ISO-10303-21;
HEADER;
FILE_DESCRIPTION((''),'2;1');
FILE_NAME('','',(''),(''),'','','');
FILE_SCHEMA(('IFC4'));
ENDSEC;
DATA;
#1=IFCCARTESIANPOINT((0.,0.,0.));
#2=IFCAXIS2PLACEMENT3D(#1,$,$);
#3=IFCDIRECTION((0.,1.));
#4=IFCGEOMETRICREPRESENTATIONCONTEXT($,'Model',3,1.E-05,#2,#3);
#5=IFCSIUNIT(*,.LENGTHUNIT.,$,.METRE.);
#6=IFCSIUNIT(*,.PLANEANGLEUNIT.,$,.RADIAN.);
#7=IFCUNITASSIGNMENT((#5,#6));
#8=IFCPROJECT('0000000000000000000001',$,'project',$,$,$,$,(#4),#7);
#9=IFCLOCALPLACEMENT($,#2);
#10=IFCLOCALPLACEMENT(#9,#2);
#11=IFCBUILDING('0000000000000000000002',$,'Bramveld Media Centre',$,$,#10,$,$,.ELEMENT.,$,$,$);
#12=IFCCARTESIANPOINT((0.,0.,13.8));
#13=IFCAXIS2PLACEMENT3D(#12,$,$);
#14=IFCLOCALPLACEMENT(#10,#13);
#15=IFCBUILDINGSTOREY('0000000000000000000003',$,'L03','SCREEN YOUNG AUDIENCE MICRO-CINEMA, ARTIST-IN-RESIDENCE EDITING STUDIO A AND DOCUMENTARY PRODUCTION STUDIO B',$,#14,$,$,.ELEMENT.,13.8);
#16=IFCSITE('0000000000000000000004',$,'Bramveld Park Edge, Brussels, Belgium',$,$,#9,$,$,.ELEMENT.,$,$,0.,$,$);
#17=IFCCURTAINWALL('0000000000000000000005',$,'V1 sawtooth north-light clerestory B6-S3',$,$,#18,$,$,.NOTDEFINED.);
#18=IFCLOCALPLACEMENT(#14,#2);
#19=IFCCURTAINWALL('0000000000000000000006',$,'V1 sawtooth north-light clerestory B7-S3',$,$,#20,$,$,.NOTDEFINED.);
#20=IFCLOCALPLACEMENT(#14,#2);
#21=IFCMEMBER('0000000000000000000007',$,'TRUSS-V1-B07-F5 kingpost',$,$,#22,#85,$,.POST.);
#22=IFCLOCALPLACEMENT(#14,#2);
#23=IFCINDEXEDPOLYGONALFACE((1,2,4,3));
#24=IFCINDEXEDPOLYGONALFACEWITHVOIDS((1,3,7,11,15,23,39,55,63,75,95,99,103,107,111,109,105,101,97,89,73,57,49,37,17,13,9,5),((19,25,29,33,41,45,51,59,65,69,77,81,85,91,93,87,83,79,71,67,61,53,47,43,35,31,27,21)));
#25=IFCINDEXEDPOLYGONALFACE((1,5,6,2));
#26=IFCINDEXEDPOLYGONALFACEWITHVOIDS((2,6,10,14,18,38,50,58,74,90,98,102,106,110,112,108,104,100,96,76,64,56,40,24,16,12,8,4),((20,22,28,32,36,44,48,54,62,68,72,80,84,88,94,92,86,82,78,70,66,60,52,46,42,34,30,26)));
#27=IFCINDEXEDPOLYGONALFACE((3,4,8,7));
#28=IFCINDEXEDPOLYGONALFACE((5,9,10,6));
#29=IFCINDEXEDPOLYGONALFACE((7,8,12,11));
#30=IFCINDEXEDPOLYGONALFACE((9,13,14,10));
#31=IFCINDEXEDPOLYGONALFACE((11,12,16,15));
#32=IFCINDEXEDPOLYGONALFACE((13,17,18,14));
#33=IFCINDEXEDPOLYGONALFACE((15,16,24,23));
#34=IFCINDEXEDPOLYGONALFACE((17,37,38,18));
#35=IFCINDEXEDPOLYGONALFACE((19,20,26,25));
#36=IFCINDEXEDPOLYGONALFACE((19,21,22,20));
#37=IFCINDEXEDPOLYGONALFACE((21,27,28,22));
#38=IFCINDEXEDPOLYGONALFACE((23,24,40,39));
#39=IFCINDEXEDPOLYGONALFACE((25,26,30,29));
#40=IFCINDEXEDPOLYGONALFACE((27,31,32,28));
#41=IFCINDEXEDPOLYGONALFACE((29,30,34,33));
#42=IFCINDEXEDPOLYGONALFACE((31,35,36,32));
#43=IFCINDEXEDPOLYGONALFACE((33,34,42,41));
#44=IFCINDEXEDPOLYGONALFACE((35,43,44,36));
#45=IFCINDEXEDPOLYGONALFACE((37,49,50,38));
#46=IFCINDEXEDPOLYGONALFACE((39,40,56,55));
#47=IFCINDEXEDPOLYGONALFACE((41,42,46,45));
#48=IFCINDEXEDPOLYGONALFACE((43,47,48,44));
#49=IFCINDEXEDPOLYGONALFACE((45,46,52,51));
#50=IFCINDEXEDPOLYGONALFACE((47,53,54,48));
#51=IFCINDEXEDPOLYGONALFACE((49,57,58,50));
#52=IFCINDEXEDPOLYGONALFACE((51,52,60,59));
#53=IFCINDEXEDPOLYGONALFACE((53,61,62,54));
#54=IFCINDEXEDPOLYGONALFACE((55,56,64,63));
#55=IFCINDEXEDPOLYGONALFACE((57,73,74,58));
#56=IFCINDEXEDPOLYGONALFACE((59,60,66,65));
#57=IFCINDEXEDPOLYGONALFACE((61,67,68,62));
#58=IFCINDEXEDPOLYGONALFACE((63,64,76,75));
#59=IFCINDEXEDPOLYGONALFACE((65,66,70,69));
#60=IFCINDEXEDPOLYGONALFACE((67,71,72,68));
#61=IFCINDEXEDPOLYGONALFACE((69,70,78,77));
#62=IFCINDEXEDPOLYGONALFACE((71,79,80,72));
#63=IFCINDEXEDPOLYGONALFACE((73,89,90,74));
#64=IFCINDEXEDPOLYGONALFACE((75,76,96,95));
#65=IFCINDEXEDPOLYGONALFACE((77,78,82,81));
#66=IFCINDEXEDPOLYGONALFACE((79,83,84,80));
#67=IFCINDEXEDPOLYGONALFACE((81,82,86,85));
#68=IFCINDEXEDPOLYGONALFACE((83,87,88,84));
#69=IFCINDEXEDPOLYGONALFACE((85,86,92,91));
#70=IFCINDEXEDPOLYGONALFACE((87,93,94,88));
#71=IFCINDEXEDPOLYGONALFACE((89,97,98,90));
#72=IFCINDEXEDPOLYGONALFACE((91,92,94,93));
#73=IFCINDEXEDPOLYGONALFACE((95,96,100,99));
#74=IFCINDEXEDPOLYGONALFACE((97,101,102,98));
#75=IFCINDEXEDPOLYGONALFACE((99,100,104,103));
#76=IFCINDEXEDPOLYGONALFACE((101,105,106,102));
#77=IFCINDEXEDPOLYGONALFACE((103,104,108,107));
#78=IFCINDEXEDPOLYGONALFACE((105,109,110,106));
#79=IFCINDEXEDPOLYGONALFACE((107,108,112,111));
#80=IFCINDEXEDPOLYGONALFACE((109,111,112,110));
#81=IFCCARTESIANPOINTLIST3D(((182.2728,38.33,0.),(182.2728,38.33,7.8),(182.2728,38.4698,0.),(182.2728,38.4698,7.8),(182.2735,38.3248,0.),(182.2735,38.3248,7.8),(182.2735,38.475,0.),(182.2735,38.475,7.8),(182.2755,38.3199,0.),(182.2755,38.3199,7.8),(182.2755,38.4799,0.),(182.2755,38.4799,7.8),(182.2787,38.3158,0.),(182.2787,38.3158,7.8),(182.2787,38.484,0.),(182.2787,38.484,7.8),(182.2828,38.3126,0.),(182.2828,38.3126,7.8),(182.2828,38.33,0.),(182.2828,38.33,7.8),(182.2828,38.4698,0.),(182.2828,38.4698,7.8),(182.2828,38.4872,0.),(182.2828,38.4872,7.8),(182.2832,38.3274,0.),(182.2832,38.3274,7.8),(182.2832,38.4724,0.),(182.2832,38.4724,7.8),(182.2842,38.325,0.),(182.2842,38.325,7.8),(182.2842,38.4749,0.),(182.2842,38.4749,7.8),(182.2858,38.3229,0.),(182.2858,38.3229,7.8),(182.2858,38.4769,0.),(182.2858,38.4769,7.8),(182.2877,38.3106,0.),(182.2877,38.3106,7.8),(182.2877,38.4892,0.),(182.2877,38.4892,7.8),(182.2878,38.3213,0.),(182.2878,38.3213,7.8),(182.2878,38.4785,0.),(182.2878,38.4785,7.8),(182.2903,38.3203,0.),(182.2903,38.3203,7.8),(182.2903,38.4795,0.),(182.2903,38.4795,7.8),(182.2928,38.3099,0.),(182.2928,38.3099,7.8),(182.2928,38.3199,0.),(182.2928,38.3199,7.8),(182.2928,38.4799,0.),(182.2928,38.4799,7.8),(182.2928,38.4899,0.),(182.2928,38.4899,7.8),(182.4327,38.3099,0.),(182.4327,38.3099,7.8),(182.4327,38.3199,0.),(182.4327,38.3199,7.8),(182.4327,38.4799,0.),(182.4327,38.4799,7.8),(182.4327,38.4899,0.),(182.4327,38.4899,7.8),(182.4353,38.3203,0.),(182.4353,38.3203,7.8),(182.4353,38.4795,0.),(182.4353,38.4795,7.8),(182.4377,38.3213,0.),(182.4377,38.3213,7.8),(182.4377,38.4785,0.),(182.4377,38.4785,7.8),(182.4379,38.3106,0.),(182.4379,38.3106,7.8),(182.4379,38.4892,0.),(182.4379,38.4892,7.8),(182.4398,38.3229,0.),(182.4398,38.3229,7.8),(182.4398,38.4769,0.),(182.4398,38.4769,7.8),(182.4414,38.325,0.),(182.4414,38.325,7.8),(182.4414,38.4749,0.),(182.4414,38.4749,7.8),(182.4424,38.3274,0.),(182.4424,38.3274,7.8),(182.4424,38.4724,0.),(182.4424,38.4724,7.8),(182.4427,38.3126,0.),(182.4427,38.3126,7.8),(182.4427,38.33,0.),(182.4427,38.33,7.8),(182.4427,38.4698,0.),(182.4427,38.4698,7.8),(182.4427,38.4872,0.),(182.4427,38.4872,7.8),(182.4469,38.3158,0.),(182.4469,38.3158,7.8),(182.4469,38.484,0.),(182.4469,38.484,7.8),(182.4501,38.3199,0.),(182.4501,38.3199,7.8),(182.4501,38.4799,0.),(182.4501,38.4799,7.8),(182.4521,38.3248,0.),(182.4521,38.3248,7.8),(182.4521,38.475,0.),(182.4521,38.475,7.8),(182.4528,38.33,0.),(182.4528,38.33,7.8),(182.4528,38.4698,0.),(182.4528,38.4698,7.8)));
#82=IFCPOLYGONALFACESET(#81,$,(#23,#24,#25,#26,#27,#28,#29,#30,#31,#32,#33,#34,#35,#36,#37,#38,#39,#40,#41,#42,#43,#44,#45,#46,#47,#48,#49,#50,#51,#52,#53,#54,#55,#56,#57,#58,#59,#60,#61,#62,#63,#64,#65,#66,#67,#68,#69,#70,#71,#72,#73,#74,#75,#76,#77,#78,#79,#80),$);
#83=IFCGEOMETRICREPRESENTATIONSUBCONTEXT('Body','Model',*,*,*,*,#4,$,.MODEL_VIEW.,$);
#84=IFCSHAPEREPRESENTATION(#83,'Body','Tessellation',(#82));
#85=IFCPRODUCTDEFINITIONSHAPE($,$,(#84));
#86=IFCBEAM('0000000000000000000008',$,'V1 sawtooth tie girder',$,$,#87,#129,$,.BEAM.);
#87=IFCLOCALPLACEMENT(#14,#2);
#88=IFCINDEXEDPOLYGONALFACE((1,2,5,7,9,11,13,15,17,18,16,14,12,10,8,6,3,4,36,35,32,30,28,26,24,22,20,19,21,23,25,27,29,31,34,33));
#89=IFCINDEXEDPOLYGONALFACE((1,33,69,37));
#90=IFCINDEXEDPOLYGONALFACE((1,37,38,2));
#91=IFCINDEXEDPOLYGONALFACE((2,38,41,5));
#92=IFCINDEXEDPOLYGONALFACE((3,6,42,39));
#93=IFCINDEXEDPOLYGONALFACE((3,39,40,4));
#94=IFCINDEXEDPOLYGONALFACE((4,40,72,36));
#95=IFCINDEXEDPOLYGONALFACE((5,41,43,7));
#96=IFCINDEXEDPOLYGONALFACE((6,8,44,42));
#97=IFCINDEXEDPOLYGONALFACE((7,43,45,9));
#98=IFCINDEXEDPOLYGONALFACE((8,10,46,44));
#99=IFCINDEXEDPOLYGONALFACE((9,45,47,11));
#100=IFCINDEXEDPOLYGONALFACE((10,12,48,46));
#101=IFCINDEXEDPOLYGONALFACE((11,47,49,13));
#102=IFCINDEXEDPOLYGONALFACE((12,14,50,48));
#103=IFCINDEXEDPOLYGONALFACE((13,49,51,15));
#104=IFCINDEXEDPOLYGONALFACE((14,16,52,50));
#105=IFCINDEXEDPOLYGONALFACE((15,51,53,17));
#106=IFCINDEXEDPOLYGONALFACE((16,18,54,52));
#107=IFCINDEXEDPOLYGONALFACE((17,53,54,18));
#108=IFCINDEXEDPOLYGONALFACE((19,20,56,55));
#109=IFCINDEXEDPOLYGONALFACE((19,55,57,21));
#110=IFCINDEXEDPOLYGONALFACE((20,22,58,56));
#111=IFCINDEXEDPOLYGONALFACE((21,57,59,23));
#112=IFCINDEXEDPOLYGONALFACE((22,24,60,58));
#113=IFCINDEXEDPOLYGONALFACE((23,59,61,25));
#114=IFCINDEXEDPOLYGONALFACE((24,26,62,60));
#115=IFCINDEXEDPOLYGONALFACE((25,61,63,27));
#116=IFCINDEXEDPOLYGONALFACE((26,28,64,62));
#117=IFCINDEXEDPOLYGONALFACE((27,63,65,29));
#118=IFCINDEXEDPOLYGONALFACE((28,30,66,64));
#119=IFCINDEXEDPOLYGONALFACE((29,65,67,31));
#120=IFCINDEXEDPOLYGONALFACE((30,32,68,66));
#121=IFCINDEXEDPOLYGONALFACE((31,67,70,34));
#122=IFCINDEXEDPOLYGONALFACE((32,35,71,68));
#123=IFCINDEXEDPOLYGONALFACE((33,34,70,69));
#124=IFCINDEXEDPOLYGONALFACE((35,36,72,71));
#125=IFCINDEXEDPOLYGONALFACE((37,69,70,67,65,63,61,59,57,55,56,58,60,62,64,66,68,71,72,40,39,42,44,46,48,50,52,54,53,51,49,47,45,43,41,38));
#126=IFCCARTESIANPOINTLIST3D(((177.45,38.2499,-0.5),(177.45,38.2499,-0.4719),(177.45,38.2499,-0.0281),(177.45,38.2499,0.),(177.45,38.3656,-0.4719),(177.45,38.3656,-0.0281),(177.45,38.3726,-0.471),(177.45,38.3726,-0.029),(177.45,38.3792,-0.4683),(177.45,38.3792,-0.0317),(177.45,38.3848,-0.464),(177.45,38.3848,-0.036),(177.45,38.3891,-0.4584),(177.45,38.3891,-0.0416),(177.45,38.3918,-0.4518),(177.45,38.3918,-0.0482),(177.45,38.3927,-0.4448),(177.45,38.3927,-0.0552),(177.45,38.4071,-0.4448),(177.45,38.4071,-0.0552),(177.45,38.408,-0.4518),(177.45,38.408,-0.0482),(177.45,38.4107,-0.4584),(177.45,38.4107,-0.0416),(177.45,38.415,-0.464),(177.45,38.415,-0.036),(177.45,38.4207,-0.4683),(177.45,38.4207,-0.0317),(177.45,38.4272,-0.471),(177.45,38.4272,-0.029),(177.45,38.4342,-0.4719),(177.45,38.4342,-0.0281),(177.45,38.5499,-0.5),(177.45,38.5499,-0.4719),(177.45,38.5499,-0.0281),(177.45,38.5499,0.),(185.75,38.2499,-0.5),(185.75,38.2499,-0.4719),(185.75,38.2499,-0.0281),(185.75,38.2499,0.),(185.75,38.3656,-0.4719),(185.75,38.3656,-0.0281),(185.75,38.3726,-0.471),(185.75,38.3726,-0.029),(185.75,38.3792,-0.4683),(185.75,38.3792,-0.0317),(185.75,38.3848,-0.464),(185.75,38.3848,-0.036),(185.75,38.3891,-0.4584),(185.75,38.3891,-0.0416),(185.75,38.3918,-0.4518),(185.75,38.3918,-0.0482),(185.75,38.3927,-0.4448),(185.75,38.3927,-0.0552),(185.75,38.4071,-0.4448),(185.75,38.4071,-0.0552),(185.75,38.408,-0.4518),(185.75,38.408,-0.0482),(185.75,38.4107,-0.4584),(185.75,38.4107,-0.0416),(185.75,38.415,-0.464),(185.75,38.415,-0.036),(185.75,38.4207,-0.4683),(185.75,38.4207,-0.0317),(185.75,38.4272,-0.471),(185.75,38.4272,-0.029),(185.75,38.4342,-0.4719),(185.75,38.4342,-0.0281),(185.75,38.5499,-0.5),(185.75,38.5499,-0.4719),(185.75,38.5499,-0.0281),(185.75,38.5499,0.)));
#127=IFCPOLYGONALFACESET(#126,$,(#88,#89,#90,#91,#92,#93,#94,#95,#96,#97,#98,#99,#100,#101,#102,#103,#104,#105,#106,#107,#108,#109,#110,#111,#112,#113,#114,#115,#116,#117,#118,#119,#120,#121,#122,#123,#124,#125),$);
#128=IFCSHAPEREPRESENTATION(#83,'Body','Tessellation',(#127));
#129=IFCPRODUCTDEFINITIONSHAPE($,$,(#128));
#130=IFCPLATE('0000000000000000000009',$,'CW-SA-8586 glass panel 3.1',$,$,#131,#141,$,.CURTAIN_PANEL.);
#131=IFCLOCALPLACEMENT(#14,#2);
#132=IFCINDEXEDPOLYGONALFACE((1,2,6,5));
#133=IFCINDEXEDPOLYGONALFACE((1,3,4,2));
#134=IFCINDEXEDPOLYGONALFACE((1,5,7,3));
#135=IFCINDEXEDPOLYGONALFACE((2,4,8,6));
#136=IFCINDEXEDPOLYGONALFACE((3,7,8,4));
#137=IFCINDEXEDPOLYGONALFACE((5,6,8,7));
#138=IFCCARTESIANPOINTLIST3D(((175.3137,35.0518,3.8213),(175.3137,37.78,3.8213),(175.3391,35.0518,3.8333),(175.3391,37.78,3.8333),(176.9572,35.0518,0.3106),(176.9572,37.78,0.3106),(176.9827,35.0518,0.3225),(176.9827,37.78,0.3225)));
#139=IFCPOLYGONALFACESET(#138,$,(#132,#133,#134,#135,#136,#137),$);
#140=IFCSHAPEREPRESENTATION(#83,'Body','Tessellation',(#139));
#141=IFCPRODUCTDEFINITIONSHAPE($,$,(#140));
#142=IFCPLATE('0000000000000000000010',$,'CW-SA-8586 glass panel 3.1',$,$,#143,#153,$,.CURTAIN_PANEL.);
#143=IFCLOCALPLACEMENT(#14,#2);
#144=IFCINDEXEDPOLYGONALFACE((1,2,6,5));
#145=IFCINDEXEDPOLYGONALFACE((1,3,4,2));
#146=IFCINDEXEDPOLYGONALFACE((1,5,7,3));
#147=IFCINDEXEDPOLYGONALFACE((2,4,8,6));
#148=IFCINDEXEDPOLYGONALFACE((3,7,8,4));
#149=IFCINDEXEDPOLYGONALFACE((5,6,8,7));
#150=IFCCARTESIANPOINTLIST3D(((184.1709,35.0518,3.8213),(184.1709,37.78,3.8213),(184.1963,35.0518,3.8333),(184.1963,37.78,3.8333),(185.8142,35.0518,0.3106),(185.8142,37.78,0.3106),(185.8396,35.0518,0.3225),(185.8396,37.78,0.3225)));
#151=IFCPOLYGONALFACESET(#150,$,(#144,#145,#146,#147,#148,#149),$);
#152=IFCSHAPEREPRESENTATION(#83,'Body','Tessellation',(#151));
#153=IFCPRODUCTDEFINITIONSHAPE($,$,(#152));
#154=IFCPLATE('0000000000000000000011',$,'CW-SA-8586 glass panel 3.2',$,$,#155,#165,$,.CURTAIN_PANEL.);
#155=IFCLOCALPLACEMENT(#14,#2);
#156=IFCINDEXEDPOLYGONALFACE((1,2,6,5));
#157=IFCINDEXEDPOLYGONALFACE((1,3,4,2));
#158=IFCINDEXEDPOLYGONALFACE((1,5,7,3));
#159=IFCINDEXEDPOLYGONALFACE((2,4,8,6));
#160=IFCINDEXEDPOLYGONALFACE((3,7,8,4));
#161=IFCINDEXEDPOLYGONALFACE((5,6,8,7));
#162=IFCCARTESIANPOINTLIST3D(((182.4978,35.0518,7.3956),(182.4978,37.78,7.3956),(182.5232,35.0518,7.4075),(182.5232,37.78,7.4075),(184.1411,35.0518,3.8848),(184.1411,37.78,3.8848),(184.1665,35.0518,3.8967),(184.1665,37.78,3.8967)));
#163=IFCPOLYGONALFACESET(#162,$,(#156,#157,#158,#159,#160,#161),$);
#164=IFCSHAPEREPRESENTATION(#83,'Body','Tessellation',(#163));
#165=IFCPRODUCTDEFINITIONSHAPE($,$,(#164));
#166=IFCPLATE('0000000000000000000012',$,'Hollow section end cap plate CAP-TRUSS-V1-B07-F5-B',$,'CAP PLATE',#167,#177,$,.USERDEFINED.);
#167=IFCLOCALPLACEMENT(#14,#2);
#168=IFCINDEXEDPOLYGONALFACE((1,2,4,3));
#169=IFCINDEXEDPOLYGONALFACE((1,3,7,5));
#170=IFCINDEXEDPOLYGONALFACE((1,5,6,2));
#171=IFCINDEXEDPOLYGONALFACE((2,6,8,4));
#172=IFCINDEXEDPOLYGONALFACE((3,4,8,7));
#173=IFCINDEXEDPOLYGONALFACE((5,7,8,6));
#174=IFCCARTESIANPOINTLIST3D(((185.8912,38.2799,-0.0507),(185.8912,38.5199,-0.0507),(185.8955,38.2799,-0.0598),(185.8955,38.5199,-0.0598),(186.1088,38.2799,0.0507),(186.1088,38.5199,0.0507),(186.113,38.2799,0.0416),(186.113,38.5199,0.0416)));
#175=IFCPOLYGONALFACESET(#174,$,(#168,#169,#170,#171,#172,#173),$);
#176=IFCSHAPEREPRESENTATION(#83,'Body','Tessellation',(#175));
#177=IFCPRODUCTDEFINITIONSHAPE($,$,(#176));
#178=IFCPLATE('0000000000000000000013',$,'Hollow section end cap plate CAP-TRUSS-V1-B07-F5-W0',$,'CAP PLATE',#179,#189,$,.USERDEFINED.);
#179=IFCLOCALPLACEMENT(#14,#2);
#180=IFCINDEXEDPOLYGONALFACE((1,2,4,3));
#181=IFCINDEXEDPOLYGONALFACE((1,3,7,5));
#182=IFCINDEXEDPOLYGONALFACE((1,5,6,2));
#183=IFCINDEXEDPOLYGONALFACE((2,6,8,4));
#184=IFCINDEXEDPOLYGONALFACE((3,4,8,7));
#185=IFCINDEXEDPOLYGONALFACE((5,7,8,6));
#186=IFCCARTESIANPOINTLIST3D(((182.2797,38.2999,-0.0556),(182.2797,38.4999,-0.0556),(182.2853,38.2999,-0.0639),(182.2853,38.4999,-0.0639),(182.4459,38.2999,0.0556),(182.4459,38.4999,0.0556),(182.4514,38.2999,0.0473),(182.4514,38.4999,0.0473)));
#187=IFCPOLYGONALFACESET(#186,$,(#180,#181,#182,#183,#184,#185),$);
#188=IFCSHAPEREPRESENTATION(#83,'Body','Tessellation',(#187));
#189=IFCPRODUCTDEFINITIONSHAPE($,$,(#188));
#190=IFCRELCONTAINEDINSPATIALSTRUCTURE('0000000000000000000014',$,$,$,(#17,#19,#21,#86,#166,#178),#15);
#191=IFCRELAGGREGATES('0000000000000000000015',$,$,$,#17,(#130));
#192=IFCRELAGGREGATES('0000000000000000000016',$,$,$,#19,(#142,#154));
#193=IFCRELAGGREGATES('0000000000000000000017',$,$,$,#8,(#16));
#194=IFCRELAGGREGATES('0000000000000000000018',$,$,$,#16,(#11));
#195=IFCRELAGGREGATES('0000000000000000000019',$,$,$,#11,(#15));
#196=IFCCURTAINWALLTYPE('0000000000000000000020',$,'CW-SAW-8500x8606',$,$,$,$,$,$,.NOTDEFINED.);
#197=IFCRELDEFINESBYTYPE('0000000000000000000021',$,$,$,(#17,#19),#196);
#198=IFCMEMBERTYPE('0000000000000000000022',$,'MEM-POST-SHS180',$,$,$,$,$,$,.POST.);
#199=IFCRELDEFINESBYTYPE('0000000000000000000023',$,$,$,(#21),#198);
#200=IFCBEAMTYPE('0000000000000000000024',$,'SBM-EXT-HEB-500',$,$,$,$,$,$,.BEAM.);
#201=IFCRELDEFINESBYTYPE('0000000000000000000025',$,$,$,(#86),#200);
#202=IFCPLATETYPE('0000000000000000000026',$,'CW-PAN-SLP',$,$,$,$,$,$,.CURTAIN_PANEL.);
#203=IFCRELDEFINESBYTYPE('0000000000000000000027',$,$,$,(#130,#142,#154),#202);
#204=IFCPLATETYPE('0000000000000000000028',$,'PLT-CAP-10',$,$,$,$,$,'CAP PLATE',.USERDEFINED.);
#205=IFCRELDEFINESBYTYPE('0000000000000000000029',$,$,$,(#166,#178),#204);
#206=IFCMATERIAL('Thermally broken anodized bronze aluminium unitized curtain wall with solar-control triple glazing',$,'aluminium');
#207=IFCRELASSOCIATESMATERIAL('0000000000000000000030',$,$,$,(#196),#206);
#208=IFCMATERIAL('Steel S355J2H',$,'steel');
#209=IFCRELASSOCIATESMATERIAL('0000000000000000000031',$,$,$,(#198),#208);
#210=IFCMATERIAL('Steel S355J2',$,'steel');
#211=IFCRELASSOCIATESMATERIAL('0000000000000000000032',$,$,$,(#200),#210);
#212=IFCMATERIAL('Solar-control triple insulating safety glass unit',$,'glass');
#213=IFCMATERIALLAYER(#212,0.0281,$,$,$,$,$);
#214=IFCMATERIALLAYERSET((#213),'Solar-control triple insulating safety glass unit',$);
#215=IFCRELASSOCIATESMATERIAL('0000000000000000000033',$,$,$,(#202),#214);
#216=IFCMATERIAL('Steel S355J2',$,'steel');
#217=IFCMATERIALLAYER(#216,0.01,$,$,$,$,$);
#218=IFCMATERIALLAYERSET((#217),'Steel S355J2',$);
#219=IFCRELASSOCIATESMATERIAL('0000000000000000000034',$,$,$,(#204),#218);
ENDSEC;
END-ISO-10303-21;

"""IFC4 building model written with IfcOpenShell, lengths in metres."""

from ifc_helpers import new_model, si_unit, direction, frame, origin, origin_2d, place, context, subcontext, project, spatial, polyline, rectangle, hollow_rectangle, i_section, outline, extrude, material, layer, layer_set, material_profile, profile_set, type_object, element, aggregate, save


model = new_model("IFC4")

# Units and contexts
model_context = context("Model", 3, precision=1e-05, world=origin(), true_north=direction((0.0, 1.0)))
body_context = subcontext(model_context, "Body", "Model", "MODEL_VIEW")
ifc_project = project(units=[si_unit("LENGTHUNIT", "METRE"), si_unit("PLANEANGLEUNIT", "RADIAN")], contexts=[model_context])

# Site, building, storey
site_placement = place(None, origin())
site = spatial("IfcSite", under=ifc_project, at=site_placement, Name="Bramveld Park Edge, Brussels, Belgium", CompositionType="ELEMENT", RefElevation=0.0)
building_placement = place(site_placement, origin())
building = spatial("IfcBuilding", under=site, at=building_placement, Name="Bramveld Media Centre", CompositionType="ELEMENT")
storey_placement = place(building_placement, frame((0.0, 0.0, 13.8)))
storey = spatial("IfcBuildingStorey", under=building, at=storey_placement, Name="L03", Description="SCREEN YOUNG AUDIENCE MICRO-CINEMA, ARTIST-IN-RESIDENCE EDITING STUDIO A AND DOCUMENTARY PRODUCTION STUDIO B", CompositionType="ELEMENT", Elevation=13.8)

# Curtain walls
ifc_material_1 = material(Name="Thermally broken anodized bronze aluminium unitized curtain wall with solar-control triple glazing", Category="aluminium")
curtain_wall_type = type_object("IfcCurtainWallType", Name="CW-SAW-8500x8606", PredefinedType="NOTDEFINED", material=ifc_material_1)
curtain_wall_1_placement = place(storey_placement, origin())
curtain_wall_1 = element("IfcCurtainWall", 1, at=curtain_wall_1_placement, inside=storey, type_object=curtain_wall_type, Name="V1 sawtooth north-light clerestory B6-S3", PredefinedType="NOTDEFINED")
curtain_wall_2_placement = place(storey_placement, origin())
curtain_wall_2 = element("IfcCurtainWall", 2, at=curtain_wall_2_placement, inside=storey, type_object=curtain_wall_type, Name="V1 sawtooth north-light clerestory B7-S3", PredefinedType="NOTDEFINED")

# Member
ifc_material_2 = material(Name="Steel S355J2H", Category="steel")
ifc_material_profile_1 = material_profile(ifc_material_2, hollow_rectangle(XDim=0.1799, YDim=0.1799, WallThickness=0.01, InnerFilletRadius=0.01, OuterFilletRadius=0.02, at=origin_2d()), Name="SHS 180x180x10")
ifc_profile_set_1 = profile_set([ifc_material_profile_1], Name="Steel S355J2H")
member_type_1 = type_object("IfcMemberType", Name="MEM-POST-SHS180", PredefinedType="POST", material=ifc_profile_set_1)
member_1_placement = place(storey_placement, frame((182.3628, 38.3999, 0.0), z_axis=(0.0, 0.0, 1.0), x_axis=(1.0, 0.0, 0.0)))
element("IfcMember", 3, at=member_1_placement, inside=storey, type_object=member_type_1, Name="TRUSS-V1-B07-F5 kingpost", PredefinedType="POST", context=body_context, shape_type="SweptSolid", body=[
    extrude(hollow_rectangle(XDim=0.1799, YDim=0.1799, WallThickness=0.01, InnerFilletRadius=0.01, OuterFilletRadius=0.02, at=origin_2d()), origin(), (0.0, 0.0, 1.0), 7.8),
])

# Beam
ifc_material_3 = material(Name="Steel S355J2", Category="steel")
ifc_material_profile_2 = material_profile(ifc_material_3, i_section(OverallWidth=0.3, OverallDepth=0.5, WebThickness=0.0144, FlangeThickness=0.0281, FilletRadius=0.0271, at=origin_2d()), Name="HEB 500")
ifc_profile_set_2 = profile_set([ifc_material_profile_2], Name="Steel S355J2")
beam_type = type_object("IfcBeamType", Name="SBM-EXT-HEB-500", PredefinedType="BEAM", material=ifc_profile_set_2)
beam_placement = place(storey_placement, frame((177.45, 38.3999, -0.25), z_axis=(1.0, 0.0, 0.0), x_axis=(0.0, 1.0, 0.0)))
element("IfcBeam", 4, at=beam_placement, inside=storey, type_object=beam_type, Name="V1 sawtooth tie girder", PredefinedType="BEAM", context=body_context, shape_type="SweptSolid", body=[
    extrude(i_section(OverallWidth=0.3, OverallDepth=0.5, WebThickness=0.0144, FlangeThickness=0.0281, FilletRadius=0.0271, at=origin_2d()), origin(), (0.0, 0.0, 1.0), 8.3),
])

# Plates
ifc_material_4 = material(Name="Solar-control triple insulating safety glass unit", Category="glass")
ifc_layer_1 = layer(ifc_material_4, 0.0281)
ifc_layer_set_1 = layer_set([ifc_layer_1], Name="Solar-control triple insulating safety glass unit")
plate_type_1 = type_object("IfcPlateType", Name="CW-PAN-SLP", PredefinedType="CURTAIN_PANEL", material=ifc_layer_set_1)
plate_1_placement = place(storey_placement, frame((176.9827, 35.0518, 0.3225), z_axis=(0.905668, 0.0, 0.423988), x_axis=(0.0, 1.0, 0.0)))
plate_1 = element("IfcPlate", 5, at=plate_1_placement, type_object=plate_type_1, Name="CW-SA-8586 glass panel 3.1", PredefinedType="CURTAIN_PANEL", context=body_context, shape_type="SweptSolid", body=[
    extrude(outline(polyline([(0.0, 0.0), (2.7283, 0.0), (2.7283, 3.8764), (0.0, 3.8764), (0.0, 0.0)])), origin(), (0.0, 0.0, -1.0), 0.0281),
])
aggregate(curtain_wall_1, [plate_1])
plate_2_placement = place(storey_placement, frame((185.8396, 35.0518, 0.3225), z_axis=(0.905692, 0.0, 0.423937), x_axis=(0.0, 1.0, 0.0)))
plate_2 = element("IfcPlate", 6, at=plate_2_placement, type_object=plate_type_1, Name="CW-SA-8586 glass panel 3.1", PredefinedType="CURTAIN_PANEL", context=body_context, shape_type="SweptSolid", body=[
    extrude(outline(polyline([(0.0, 0.0), (2.7283, 0.0), (2.7283, 3.8763), (0.0, 3.8763), (0.0, 0.0)])), origin(), (0.0, 0.0, -1.0), 0.0281),
])
plate_3_placement = place(storey_placement, frame((184.1665, 35.0518, 3.8967), z_axis=(0.905692, 0.0, 0.423937), x_axis=(0.0, 1.0, 0.0)))
plate_3 = element("IfcPlate", 7, at=plate_3_placement, type_object=plate_type_1, Name="CW-SA-8586 glass panel 3.2", PredefinedType="CURTAIN_PANEL", context=body_context, shape_type="SweptSolid", body=[
    extrude(outline(polyline([(0.0, 0.0), (2.7283, 0.0), (2.7283, 3.8763), (0.0, 3.8763), (0.0, 0.0)])), origin(), (0.0, 0.0, -1.0), 0.0281),
])
aggregate(curtain_wall_2, [plate_2, plate_3])

# Plates
ifc_material_5 = material(Name="Steel S355J2", Category="steel")
ifc_layer_2 = layer(ifc_material_5, 0.01)
ifc_layer_set_2 = layer_set([ifc_layer_2], Name="Steel S355J2")
plate_type_2 = type_object("IfcPlateType", Name="PLT-CAP-10", ElementType="CAP PLATE", PredefinedType="USERDEFINED", material=ifc_layer_set_2)
plate_4_placement = place(storey_placement, frame((186.0, 38.3999, 0.0), z_axis=(0.422618, 0.0, -0.906308), x_axis=(0.0, 1.0, 0.0)))
element("IfcPlate", 8, at=plate_4_placement, inside=storey, type_object=plate_type_2, Name="Hollow section end cap plate CAP-TRUSS-V1-B07-F5-B", ObjectType="CAP PLATE", PredefinedType="USERDEFINED", context=body_context, shape_type="SweptSolid", body=[
    extrude(rectangle(XDim=0.24, YDim=0.24, at=origin_2d()), origin(), (0.0, 0.0, 1.0), 0.01),
])
for number, where, z_axis, x_axis, name in (
    (9, (182.3628, 38.3999, 0.0), (0.556175, 0.0, -0.831065), (0.0, 1.0, 0.0), "Hollow section end cap plate CAP-TRUSS-V1-B07-F5-W0"),
):
    element("IfcPlate", number, at=place(storey_placement, frame(where, z_axis=z_axis, x_axis=x_axis)), inside=storey, type_object=plate_type_2, Name=name, ObjectType="CAP PLATE", PredefinedType="USERDEFINED", context=body_context, shape_type="SweptSolid", body=[
        extrude(rectangle(XDim=0.2, YDim=0.2, at=origin_2d()), origin(), (0.0, 0.0, 1.0), 0.01),
    ])

save(model, "model.ifc")
